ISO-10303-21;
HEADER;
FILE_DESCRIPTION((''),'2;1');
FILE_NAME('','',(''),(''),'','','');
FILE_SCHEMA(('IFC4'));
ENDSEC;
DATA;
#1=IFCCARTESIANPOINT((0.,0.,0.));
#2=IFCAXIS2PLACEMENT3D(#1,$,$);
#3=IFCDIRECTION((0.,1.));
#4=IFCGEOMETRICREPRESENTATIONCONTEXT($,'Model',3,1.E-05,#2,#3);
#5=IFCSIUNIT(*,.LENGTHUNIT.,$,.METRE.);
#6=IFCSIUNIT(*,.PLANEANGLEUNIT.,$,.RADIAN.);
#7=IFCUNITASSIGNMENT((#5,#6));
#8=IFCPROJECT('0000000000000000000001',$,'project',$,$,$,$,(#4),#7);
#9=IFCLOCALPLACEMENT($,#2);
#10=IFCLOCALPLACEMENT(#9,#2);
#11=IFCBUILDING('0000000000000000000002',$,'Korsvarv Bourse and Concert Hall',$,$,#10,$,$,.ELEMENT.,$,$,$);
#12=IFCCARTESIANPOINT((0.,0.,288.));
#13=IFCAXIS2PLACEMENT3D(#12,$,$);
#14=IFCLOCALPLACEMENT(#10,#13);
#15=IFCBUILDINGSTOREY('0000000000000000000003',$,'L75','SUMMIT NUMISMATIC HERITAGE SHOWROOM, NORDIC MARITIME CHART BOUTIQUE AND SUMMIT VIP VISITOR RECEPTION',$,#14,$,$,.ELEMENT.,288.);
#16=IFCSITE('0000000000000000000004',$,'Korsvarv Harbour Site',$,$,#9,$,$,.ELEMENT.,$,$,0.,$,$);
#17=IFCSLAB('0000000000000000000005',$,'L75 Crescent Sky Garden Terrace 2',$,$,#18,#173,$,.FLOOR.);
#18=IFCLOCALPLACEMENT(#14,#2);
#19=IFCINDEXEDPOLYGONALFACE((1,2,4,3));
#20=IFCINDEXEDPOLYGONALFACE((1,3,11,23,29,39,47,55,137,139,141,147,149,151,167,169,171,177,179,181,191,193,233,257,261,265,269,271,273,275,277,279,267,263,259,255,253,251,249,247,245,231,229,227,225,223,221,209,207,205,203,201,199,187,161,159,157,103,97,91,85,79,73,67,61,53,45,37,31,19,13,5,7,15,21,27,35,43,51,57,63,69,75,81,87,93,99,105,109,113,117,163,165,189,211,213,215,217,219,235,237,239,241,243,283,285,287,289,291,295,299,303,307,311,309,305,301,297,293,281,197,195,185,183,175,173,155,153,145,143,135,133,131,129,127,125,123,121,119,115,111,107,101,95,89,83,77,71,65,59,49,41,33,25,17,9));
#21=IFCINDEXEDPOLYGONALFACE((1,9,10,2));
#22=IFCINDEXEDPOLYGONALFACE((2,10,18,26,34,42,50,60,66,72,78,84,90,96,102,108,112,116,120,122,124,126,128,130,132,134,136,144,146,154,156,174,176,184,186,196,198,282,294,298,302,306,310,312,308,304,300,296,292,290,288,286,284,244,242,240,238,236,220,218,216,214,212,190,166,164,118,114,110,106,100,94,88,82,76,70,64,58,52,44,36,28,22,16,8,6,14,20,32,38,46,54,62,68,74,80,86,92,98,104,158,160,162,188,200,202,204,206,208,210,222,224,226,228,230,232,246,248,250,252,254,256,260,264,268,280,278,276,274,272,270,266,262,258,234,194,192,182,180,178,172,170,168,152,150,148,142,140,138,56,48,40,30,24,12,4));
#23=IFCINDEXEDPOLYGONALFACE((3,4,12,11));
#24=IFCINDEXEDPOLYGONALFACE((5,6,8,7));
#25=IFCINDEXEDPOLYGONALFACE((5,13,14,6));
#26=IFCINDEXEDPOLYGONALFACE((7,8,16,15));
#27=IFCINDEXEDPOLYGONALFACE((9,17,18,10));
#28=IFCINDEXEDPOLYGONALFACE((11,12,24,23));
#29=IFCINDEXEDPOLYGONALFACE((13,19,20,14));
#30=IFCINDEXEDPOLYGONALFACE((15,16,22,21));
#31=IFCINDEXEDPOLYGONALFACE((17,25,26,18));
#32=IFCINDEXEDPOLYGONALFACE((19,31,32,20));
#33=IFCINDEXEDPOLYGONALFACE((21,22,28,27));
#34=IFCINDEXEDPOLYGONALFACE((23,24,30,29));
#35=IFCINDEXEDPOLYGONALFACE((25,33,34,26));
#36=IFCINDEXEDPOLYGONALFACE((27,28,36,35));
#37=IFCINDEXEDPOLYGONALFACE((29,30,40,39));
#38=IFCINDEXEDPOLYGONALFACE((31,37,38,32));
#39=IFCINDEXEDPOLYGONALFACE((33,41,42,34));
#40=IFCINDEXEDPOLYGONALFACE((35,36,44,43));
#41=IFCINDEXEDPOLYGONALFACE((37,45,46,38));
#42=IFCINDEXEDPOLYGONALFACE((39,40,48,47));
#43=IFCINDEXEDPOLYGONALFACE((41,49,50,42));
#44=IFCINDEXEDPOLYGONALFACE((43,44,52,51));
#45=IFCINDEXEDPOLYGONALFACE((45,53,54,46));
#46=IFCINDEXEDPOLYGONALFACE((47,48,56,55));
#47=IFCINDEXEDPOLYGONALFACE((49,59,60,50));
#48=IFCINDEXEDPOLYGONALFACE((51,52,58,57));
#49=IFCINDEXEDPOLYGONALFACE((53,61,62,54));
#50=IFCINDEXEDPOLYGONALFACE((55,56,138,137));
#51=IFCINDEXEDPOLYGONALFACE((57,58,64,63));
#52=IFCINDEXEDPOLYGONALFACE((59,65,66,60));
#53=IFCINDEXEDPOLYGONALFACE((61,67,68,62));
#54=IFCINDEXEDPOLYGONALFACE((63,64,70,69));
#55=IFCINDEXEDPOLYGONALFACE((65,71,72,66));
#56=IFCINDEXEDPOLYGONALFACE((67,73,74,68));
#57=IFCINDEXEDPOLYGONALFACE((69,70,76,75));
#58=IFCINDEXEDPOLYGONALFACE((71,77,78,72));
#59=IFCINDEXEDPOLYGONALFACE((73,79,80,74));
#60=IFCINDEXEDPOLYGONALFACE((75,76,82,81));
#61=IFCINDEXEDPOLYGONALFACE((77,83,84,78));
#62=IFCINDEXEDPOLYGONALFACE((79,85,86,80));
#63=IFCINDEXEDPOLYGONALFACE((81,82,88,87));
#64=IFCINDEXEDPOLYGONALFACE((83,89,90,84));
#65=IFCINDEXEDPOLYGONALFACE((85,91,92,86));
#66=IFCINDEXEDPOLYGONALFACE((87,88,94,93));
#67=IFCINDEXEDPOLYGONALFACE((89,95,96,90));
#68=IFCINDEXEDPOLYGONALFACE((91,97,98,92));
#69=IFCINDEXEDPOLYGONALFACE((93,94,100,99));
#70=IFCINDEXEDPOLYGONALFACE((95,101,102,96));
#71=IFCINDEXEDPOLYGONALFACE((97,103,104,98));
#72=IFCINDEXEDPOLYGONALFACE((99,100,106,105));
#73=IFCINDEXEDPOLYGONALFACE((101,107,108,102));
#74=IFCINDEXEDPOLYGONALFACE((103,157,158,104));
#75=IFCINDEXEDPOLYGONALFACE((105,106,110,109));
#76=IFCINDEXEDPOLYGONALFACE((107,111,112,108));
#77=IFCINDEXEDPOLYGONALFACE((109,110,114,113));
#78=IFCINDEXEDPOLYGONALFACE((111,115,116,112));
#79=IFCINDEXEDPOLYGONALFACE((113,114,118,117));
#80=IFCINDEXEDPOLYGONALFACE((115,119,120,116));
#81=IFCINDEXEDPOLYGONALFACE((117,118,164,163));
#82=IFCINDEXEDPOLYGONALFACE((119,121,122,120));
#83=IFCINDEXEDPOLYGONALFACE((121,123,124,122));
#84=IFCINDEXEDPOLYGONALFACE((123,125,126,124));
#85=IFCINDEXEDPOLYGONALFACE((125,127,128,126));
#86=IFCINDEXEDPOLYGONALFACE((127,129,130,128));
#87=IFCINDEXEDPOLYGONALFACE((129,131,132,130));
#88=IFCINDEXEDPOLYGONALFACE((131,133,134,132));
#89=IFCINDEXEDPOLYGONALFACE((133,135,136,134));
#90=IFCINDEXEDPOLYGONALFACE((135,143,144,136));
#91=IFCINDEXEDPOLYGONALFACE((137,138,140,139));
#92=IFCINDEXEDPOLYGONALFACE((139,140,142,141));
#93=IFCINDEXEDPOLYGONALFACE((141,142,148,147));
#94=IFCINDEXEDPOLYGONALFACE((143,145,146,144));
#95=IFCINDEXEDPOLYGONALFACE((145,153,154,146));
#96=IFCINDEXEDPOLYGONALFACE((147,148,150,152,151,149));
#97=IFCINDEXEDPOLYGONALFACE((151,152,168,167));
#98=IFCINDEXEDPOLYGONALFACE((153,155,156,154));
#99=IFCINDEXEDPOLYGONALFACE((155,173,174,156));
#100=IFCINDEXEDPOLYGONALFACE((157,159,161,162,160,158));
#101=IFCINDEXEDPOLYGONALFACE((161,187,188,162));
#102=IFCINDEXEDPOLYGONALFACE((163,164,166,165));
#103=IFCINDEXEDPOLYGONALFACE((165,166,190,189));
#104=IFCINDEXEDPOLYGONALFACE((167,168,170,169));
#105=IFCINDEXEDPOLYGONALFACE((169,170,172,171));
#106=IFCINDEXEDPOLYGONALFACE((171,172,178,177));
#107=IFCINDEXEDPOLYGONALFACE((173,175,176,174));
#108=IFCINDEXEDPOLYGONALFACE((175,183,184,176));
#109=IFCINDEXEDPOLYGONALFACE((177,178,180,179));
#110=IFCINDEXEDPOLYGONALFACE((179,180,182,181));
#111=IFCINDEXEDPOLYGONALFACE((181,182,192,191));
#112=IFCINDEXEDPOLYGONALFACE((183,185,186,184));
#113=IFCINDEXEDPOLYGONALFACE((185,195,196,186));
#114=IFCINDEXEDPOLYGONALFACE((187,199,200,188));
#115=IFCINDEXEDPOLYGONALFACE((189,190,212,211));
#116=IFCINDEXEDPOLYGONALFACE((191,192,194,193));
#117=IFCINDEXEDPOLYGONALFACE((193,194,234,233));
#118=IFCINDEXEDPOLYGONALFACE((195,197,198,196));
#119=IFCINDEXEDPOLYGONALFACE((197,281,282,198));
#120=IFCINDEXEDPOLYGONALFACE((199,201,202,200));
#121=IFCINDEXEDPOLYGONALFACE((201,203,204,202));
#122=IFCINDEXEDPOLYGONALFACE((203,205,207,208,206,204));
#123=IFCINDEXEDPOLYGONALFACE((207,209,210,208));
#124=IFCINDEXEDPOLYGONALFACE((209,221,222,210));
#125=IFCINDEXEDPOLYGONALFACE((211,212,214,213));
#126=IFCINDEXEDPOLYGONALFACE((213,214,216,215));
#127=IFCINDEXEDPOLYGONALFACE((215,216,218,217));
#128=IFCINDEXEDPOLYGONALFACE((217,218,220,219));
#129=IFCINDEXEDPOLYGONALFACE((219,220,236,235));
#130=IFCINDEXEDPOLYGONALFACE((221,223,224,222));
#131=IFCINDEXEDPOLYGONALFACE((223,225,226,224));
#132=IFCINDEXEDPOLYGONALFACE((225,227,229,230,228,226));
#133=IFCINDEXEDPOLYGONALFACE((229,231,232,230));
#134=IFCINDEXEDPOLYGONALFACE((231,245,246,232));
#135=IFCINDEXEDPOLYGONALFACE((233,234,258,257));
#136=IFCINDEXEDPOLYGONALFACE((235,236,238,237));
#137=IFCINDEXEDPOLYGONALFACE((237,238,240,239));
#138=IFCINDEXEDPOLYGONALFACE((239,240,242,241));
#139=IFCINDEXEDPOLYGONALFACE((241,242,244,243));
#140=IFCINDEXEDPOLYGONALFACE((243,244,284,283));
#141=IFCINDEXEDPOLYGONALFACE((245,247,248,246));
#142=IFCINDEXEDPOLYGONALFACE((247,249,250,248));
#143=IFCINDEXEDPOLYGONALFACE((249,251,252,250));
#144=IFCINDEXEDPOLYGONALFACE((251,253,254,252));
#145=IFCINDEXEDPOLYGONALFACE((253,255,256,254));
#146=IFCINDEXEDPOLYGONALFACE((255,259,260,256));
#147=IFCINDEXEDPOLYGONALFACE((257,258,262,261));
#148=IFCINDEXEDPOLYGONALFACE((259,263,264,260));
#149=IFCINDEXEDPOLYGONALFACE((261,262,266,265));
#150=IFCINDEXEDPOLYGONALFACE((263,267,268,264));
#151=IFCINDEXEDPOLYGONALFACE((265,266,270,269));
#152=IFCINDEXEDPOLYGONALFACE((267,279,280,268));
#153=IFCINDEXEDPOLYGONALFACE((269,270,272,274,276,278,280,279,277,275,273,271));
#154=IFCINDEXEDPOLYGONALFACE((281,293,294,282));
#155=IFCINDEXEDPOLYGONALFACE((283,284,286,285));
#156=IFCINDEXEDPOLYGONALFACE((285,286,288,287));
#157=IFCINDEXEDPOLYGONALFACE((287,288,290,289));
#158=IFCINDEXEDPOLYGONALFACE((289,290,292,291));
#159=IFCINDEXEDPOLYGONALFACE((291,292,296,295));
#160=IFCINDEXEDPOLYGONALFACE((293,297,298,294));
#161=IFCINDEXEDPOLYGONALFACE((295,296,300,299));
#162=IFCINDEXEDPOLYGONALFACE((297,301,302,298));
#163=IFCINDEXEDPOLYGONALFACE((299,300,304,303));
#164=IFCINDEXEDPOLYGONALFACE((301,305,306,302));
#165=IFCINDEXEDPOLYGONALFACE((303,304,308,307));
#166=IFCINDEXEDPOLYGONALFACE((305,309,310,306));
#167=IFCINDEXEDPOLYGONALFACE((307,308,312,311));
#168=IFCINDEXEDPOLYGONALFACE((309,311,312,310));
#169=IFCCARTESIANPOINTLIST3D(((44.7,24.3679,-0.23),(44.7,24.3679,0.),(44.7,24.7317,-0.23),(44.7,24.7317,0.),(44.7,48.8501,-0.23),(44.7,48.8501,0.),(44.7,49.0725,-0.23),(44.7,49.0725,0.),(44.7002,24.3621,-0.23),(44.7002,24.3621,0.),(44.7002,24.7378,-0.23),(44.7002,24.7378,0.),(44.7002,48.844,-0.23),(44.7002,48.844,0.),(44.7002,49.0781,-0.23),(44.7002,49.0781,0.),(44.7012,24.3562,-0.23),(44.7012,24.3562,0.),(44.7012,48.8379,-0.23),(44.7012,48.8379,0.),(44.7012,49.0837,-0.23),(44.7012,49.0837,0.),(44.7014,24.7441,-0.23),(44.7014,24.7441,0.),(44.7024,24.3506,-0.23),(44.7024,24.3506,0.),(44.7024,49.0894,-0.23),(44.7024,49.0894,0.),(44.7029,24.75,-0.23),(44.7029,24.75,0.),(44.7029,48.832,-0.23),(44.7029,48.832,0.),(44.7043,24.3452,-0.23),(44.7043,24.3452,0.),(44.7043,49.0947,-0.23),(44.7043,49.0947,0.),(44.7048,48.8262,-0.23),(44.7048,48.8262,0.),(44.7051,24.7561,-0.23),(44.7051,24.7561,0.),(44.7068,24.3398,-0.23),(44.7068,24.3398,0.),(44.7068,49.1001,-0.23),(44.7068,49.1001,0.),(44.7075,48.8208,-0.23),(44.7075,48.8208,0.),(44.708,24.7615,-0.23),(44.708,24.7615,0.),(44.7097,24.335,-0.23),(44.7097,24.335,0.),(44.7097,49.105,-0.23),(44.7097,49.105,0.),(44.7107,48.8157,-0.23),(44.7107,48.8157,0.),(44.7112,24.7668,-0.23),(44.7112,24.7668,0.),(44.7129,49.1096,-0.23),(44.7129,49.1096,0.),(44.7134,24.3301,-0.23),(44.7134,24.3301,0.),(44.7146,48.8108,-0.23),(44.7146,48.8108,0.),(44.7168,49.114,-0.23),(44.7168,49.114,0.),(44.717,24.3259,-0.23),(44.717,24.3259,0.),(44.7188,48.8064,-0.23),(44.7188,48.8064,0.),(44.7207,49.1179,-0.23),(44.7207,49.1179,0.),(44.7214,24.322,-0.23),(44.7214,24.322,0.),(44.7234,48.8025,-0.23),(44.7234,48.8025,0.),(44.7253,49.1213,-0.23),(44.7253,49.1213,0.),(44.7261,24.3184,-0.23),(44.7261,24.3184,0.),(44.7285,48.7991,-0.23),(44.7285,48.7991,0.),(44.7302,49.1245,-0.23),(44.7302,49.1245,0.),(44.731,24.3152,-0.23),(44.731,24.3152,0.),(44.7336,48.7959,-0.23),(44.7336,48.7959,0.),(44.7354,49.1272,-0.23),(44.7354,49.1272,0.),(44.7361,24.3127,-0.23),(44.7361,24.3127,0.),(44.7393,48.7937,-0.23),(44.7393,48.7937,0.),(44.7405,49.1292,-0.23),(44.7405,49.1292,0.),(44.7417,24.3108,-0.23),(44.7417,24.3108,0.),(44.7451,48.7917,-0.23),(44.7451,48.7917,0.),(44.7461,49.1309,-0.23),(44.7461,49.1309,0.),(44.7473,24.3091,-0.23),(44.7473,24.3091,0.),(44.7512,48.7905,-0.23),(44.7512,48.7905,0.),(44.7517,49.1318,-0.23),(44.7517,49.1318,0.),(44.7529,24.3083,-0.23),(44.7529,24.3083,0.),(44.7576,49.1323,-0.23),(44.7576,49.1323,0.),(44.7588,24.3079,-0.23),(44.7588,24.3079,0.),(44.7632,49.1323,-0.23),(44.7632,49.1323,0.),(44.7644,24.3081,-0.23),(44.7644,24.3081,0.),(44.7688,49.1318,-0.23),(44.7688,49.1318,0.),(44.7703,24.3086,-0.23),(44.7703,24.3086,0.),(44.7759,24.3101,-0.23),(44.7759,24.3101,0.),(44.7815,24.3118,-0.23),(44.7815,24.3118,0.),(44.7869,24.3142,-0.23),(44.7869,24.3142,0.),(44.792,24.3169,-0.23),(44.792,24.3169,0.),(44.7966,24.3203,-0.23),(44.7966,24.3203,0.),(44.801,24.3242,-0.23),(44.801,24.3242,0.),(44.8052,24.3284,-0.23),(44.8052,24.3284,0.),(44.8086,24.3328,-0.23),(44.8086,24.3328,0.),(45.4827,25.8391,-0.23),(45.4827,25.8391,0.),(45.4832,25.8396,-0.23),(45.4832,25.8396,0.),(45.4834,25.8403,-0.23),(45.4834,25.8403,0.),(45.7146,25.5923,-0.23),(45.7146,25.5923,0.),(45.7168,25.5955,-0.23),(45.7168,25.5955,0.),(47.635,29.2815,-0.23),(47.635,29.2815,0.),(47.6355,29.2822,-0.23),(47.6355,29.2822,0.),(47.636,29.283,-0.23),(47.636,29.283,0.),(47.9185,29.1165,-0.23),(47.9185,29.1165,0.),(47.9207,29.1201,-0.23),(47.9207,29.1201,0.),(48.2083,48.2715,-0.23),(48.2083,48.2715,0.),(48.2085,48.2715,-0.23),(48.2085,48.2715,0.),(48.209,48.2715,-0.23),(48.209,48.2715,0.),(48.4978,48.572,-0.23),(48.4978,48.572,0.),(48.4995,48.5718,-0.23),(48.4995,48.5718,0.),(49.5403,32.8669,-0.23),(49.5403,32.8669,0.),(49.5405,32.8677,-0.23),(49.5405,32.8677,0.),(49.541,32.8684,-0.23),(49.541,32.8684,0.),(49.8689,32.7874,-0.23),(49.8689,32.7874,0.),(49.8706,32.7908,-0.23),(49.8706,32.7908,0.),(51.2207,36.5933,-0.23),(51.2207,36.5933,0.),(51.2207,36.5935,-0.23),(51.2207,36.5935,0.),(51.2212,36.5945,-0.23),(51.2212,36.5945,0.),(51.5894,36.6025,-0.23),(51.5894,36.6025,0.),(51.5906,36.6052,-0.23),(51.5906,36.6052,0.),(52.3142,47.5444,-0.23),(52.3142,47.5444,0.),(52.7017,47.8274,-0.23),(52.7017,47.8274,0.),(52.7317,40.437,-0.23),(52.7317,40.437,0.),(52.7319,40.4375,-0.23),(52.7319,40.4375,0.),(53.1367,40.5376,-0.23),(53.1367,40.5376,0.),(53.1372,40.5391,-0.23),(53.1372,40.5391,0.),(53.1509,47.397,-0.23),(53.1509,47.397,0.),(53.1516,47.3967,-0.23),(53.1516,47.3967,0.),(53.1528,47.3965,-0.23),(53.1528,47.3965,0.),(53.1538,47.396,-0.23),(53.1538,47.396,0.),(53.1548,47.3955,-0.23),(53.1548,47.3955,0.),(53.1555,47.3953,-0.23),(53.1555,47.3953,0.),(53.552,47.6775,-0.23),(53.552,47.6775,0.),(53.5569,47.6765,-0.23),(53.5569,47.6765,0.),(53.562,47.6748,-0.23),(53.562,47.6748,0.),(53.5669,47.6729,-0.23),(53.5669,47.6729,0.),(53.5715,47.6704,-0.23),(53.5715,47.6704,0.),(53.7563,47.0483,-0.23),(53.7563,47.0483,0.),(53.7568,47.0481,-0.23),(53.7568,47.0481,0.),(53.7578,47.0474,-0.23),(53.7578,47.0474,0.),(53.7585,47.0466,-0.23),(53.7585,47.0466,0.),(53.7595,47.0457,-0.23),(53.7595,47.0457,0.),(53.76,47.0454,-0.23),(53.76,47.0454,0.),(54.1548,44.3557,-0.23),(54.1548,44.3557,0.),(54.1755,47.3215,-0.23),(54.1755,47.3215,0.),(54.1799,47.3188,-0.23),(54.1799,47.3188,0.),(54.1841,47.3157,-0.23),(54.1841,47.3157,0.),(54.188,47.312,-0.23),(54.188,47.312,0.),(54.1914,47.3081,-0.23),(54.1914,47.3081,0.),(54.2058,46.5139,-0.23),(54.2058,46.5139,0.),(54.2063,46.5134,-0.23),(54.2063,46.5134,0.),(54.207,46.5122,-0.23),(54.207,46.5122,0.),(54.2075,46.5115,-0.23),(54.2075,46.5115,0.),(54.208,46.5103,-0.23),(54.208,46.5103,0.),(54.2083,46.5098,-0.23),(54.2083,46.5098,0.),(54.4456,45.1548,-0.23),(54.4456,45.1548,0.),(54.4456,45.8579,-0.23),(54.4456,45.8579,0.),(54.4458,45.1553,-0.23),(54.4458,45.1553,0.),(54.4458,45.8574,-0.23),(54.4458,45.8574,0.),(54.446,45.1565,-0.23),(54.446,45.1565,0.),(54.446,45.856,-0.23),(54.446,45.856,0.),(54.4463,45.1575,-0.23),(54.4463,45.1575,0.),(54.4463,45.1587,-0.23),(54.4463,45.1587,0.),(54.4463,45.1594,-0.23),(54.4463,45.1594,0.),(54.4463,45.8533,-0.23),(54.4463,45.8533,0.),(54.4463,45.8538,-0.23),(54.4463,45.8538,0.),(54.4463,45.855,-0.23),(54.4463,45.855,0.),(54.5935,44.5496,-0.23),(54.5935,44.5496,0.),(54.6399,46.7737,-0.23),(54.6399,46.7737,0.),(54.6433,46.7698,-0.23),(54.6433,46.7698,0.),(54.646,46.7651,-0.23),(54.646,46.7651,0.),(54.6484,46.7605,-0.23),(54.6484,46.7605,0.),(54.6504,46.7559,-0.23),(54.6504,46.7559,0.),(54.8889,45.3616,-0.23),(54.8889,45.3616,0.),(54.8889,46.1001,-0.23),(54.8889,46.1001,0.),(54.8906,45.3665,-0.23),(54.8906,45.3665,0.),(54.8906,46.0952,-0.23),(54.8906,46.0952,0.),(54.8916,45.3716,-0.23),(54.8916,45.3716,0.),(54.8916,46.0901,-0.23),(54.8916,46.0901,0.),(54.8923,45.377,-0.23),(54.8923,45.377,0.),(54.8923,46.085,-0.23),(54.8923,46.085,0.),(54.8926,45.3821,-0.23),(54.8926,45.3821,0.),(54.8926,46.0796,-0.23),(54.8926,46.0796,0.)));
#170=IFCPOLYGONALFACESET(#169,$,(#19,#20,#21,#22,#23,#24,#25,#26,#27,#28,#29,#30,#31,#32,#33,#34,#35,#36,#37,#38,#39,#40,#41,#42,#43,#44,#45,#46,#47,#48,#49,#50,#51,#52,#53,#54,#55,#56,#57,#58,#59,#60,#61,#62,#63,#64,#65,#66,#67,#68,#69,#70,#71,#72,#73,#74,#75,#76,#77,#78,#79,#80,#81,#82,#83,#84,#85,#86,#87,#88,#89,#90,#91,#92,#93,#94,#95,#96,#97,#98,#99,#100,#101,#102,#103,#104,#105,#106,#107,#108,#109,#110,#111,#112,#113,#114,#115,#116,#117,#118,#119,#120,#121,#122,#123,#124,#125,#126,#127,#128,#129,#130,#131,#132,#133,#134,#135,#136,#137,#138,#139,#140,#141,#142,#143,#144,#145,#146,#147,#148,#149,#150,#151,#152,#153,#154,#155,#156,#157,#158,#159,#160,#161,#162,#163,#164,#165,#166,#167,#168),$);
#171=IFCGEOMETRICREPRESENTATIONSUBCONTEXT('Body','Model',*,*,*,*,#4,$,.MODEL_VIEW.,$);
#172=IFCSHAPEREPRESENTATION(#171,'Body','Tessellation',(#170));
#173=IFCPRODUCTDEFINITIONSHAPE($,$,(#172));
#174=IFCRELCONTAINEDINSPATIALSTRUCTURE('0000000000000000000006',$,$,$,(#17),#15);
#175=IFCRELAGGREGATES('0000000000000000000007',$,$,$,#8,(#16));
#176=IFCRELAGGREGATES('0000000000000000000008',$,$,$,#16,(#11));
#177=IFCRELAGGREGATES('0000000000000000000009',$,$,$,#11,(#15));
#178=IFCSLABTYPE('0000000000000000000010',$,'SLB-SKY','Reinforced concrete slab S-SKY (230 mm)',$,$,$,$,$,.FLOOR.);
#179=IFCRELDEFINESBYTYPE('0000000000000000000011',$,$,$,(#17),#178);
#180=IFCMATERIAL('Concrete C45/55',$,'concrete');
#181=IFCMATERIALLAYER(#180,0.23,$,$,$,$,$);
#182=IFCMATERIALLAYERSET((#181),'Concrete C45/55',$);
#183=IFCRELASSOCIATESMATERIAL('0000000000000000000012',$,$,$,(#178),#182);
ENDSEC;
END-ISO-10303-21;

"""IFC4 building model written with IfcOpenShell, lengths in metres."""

from ifc_helpers import new_model, si_unit, direction, frame, origin, place, context, subcontext, project, spatial, polyline, outline, extrude, material, layer, layer_set, type_object, element, save


model = new_model("IFC4")

# Units and contexts
model_context = context("Model", 3, precision=1e-05, world=origin(), true_north=direction((0.0, 1.0)))
body_context = subcontext(model_context, "Body", "Model", "MODEL_VIEW")
ifc_project = project(units=[si_unit("LENGTHUNIT", "METRE"), si_unit("PLANEANGLEUNIT", "RADIAN")], contexts=[model_context])

# Site, building, storey
site_placement = place(None, origin())
site = spatial("IfcSite", under=ifc_project, at=site_placement, Name="Korsvarv Harbour Site", CompositionType="ELEMENT", RefElevation=0.0)
building_placement = place(site_placement, origin())
building = spatial("IfcBuilding", under=site, at=building_placement, Name="Korsvarv Bourse and Concert Hall", CompositionType="ELEMENT")
storey_placement = place(building_placement, frame((0.0, 0.0, 288.0)))
storey = spatial("IfcBuildingStorey", under=building, at=storey_placement, Name="L75", Description="SUMMIT NUMISMATIC HERITAGE SHOWROOM, NORDIC MARITIME CHART BOUTIQUE AND SUMMIT VIP VISITOR RECEPTION", CompositionType="ELEMENT", Elevation=288.0)

# Slab
ifc_material_1 = material(Name="Concrete C45/55", Category="concrete")
ifc_layer_1 = layer(ifc_material_1, 0.23)
ifc_layer_set_1 = layer_set([ifc_layer_1], Name="Concrete C45/55")
slab_type_1 = type_object("IfcSlabType", Name="SLB-SKY", Description="Reinforced concrete slab S-SKY (230 mm)", PredefinedType="FLOOR", material=ifc_layer_set_1)
slab_1_placement = place(storey_placement, frame((0.0, 0.0, -0.23)))
element("IfcSlab", 1, at=slab_1_placement, inside=storey, type_object=slab_type_1, Name="L75 Crescent Sky Garden Terrace 2", PredefinedType="FLOOR", context=body_context, shape_type="SweptSolid", body=[
    extrude(outline(polyline([(45.4832, 25.8396), (45.4834, 25.8403), (47.635, 29.2815), (47.6355, 29.2822), (47.636, 29.283), (49.5403, 32.8669), (49.5405, 32.8677), (49.541, 32.8684), (51.2207, 36.5933), (51.2207, 36.5935), (51.2212, 36.5945), (52.7317, 40.437), (52.7317, 40.437), (52.7319, 40.4375), (54.1548, 44.3557), (54.4456, 45.1548), (54.4458, 45.1553), (54.446, 45.1565), (54.4463, 45.1575), (54.4463, 45.1587), (54.4463, 45.1594), (54.4463, 45.8533), (54.4463, 45.8538), (54.4463, 45.855), (54.446, 45.856), (54.4458, 45.8574), (54.4456, 45.8579), (54.2083, 46.5098), (54.208, 46.5103), (54.2075, 46.5115), (54.207, 46.5122), (54.2063, 46.5134), (54.2058, 46.5139), (53.76, 47.0454), (53.7595, 47.0457), (53.7585, 47.0466), (53.7578, 47.0474), (53.7568, 47.0481), (53.7563, 47.0483), (53.1555, 47.3953), (53.1548, 47.3955), (53.1538, 47.396), (53.1528, 47.3965), (53.1516, 47.3967), (53.1509, 47.397), (52.3142, 47.5444), (48.209, 48.2715), (48.2085, 48.2715), (48.2083, 48.2715), (44.7512, 48.7905), (44.7451, 48.7917), (44.7393, 48.7937), (44.7336, 48.7959), (44.7285, 48.7991), (44.7234, 48.8025), (44.7188, 48.8064), (44.7146, 48.8108), (44.7107, 48.8157), (44.7075, 48.8208), (44.7048, 48.8262), (44.7029, 48.832), (44.7012, 48.8379), (44.7002, 48.844), (44.7, 48.8501), (44.7, 49.0725), (44.7002, 49.0781), (44.7012, 49.0837), (44.7024, 49.0894), (44.7043, 49.0947), (44.7068, 49.1001), (44.7097, 49.105), (44.7129, 49.1096), (44.7168, 49.114), (44.7207, 49.1179), (44.7253, 49.1213), (44.7302, 49.1245), (44.7354, 49.1272), (44.7405, 49.1292), (44.7461, 49.1309), (44.7517, 49.1318), (44.7576, 49.1323), (44.7632, 49.1323), (44.7688, 49.1318), (48.4978, 48.572), (48.4995, 48.5718), (52.7017, 47.8274), (53.552, 47.6775), (53.5569, 47.6765), (53.562, 47.6748), (53.5669, 47.6729), (53.5715, 47.6704), (54.1755, 47.3215), (54.1799, 47.3188), (54.1841, 47.3157), (54.188, 47.312), (54.1914, 47.3081), (54.6399, 46.7737), (54.6433, 46.7698), (54.646, 46.7651), (54.6484, 46.7605), (54.6504, 46.7559), (54.8889, 46.1001), (54.8906, 46.0952), (54.8916, 46.0901), (54.8923, 46.085), (54.8926, 46.0796), (54.8926, 45.3821), (54.8923, 45.377), (54.8916, 45.3716), (54.8906, 45.3665), (54.8889, 45.3616), (54.5935, 44.5496), (53.1372, 40.5391), (53.1367, 40.5376), (51.5906, 36.6052), (51.5894, 36.6025), (49.8706, 32.7908), (49.8689, 32.7874), (47.9207, 29.1201), (47.9185, 29.1165), (45.7168, 25.5955), (45.7146, 25.5923), (44.8086, 24.3328), (44.8052, 24.3284), (44.801, 24.3242), (44.7966, 24.3203), (44.792, 24.3169), (44.7869, 24.3142), (44.7815, 24.3118), (44.7759, 24.3101), (44.7703, 24.3086), (44.7644, 24.3081), (44.7588, 24.3079), (44.7529, 24.3083), (44.7473, 24.3091), (44.7417, 24.3108), (44.7361, 24.3127), (44.731, 24.3152), (44.7261, 24.3184), (44.7214, 24.322), (44.717, 24.3259), (44.7134, 24.3301), (44.7097, 24.335), (44.7068, 24.3398), (44.7043, 24.3452), (44.7024, 24.3506), (44.7012, 24.3562), (44.7002, 24.3621), (44.7, 24.3679), (44.7, 24.7317), (44.7002, 24.7378), (44.7014, 24.7441), (44.7029, 24.75), (44.7051, 24.7561), (44.708, 24.7615), (44.7112, 24.7668), (45.4827, 25.8391), (45.4832, 25.8396)])), origin(), (0.0, 0.0, 1.0), 0.23),
])

save(model, "model.ifc")
